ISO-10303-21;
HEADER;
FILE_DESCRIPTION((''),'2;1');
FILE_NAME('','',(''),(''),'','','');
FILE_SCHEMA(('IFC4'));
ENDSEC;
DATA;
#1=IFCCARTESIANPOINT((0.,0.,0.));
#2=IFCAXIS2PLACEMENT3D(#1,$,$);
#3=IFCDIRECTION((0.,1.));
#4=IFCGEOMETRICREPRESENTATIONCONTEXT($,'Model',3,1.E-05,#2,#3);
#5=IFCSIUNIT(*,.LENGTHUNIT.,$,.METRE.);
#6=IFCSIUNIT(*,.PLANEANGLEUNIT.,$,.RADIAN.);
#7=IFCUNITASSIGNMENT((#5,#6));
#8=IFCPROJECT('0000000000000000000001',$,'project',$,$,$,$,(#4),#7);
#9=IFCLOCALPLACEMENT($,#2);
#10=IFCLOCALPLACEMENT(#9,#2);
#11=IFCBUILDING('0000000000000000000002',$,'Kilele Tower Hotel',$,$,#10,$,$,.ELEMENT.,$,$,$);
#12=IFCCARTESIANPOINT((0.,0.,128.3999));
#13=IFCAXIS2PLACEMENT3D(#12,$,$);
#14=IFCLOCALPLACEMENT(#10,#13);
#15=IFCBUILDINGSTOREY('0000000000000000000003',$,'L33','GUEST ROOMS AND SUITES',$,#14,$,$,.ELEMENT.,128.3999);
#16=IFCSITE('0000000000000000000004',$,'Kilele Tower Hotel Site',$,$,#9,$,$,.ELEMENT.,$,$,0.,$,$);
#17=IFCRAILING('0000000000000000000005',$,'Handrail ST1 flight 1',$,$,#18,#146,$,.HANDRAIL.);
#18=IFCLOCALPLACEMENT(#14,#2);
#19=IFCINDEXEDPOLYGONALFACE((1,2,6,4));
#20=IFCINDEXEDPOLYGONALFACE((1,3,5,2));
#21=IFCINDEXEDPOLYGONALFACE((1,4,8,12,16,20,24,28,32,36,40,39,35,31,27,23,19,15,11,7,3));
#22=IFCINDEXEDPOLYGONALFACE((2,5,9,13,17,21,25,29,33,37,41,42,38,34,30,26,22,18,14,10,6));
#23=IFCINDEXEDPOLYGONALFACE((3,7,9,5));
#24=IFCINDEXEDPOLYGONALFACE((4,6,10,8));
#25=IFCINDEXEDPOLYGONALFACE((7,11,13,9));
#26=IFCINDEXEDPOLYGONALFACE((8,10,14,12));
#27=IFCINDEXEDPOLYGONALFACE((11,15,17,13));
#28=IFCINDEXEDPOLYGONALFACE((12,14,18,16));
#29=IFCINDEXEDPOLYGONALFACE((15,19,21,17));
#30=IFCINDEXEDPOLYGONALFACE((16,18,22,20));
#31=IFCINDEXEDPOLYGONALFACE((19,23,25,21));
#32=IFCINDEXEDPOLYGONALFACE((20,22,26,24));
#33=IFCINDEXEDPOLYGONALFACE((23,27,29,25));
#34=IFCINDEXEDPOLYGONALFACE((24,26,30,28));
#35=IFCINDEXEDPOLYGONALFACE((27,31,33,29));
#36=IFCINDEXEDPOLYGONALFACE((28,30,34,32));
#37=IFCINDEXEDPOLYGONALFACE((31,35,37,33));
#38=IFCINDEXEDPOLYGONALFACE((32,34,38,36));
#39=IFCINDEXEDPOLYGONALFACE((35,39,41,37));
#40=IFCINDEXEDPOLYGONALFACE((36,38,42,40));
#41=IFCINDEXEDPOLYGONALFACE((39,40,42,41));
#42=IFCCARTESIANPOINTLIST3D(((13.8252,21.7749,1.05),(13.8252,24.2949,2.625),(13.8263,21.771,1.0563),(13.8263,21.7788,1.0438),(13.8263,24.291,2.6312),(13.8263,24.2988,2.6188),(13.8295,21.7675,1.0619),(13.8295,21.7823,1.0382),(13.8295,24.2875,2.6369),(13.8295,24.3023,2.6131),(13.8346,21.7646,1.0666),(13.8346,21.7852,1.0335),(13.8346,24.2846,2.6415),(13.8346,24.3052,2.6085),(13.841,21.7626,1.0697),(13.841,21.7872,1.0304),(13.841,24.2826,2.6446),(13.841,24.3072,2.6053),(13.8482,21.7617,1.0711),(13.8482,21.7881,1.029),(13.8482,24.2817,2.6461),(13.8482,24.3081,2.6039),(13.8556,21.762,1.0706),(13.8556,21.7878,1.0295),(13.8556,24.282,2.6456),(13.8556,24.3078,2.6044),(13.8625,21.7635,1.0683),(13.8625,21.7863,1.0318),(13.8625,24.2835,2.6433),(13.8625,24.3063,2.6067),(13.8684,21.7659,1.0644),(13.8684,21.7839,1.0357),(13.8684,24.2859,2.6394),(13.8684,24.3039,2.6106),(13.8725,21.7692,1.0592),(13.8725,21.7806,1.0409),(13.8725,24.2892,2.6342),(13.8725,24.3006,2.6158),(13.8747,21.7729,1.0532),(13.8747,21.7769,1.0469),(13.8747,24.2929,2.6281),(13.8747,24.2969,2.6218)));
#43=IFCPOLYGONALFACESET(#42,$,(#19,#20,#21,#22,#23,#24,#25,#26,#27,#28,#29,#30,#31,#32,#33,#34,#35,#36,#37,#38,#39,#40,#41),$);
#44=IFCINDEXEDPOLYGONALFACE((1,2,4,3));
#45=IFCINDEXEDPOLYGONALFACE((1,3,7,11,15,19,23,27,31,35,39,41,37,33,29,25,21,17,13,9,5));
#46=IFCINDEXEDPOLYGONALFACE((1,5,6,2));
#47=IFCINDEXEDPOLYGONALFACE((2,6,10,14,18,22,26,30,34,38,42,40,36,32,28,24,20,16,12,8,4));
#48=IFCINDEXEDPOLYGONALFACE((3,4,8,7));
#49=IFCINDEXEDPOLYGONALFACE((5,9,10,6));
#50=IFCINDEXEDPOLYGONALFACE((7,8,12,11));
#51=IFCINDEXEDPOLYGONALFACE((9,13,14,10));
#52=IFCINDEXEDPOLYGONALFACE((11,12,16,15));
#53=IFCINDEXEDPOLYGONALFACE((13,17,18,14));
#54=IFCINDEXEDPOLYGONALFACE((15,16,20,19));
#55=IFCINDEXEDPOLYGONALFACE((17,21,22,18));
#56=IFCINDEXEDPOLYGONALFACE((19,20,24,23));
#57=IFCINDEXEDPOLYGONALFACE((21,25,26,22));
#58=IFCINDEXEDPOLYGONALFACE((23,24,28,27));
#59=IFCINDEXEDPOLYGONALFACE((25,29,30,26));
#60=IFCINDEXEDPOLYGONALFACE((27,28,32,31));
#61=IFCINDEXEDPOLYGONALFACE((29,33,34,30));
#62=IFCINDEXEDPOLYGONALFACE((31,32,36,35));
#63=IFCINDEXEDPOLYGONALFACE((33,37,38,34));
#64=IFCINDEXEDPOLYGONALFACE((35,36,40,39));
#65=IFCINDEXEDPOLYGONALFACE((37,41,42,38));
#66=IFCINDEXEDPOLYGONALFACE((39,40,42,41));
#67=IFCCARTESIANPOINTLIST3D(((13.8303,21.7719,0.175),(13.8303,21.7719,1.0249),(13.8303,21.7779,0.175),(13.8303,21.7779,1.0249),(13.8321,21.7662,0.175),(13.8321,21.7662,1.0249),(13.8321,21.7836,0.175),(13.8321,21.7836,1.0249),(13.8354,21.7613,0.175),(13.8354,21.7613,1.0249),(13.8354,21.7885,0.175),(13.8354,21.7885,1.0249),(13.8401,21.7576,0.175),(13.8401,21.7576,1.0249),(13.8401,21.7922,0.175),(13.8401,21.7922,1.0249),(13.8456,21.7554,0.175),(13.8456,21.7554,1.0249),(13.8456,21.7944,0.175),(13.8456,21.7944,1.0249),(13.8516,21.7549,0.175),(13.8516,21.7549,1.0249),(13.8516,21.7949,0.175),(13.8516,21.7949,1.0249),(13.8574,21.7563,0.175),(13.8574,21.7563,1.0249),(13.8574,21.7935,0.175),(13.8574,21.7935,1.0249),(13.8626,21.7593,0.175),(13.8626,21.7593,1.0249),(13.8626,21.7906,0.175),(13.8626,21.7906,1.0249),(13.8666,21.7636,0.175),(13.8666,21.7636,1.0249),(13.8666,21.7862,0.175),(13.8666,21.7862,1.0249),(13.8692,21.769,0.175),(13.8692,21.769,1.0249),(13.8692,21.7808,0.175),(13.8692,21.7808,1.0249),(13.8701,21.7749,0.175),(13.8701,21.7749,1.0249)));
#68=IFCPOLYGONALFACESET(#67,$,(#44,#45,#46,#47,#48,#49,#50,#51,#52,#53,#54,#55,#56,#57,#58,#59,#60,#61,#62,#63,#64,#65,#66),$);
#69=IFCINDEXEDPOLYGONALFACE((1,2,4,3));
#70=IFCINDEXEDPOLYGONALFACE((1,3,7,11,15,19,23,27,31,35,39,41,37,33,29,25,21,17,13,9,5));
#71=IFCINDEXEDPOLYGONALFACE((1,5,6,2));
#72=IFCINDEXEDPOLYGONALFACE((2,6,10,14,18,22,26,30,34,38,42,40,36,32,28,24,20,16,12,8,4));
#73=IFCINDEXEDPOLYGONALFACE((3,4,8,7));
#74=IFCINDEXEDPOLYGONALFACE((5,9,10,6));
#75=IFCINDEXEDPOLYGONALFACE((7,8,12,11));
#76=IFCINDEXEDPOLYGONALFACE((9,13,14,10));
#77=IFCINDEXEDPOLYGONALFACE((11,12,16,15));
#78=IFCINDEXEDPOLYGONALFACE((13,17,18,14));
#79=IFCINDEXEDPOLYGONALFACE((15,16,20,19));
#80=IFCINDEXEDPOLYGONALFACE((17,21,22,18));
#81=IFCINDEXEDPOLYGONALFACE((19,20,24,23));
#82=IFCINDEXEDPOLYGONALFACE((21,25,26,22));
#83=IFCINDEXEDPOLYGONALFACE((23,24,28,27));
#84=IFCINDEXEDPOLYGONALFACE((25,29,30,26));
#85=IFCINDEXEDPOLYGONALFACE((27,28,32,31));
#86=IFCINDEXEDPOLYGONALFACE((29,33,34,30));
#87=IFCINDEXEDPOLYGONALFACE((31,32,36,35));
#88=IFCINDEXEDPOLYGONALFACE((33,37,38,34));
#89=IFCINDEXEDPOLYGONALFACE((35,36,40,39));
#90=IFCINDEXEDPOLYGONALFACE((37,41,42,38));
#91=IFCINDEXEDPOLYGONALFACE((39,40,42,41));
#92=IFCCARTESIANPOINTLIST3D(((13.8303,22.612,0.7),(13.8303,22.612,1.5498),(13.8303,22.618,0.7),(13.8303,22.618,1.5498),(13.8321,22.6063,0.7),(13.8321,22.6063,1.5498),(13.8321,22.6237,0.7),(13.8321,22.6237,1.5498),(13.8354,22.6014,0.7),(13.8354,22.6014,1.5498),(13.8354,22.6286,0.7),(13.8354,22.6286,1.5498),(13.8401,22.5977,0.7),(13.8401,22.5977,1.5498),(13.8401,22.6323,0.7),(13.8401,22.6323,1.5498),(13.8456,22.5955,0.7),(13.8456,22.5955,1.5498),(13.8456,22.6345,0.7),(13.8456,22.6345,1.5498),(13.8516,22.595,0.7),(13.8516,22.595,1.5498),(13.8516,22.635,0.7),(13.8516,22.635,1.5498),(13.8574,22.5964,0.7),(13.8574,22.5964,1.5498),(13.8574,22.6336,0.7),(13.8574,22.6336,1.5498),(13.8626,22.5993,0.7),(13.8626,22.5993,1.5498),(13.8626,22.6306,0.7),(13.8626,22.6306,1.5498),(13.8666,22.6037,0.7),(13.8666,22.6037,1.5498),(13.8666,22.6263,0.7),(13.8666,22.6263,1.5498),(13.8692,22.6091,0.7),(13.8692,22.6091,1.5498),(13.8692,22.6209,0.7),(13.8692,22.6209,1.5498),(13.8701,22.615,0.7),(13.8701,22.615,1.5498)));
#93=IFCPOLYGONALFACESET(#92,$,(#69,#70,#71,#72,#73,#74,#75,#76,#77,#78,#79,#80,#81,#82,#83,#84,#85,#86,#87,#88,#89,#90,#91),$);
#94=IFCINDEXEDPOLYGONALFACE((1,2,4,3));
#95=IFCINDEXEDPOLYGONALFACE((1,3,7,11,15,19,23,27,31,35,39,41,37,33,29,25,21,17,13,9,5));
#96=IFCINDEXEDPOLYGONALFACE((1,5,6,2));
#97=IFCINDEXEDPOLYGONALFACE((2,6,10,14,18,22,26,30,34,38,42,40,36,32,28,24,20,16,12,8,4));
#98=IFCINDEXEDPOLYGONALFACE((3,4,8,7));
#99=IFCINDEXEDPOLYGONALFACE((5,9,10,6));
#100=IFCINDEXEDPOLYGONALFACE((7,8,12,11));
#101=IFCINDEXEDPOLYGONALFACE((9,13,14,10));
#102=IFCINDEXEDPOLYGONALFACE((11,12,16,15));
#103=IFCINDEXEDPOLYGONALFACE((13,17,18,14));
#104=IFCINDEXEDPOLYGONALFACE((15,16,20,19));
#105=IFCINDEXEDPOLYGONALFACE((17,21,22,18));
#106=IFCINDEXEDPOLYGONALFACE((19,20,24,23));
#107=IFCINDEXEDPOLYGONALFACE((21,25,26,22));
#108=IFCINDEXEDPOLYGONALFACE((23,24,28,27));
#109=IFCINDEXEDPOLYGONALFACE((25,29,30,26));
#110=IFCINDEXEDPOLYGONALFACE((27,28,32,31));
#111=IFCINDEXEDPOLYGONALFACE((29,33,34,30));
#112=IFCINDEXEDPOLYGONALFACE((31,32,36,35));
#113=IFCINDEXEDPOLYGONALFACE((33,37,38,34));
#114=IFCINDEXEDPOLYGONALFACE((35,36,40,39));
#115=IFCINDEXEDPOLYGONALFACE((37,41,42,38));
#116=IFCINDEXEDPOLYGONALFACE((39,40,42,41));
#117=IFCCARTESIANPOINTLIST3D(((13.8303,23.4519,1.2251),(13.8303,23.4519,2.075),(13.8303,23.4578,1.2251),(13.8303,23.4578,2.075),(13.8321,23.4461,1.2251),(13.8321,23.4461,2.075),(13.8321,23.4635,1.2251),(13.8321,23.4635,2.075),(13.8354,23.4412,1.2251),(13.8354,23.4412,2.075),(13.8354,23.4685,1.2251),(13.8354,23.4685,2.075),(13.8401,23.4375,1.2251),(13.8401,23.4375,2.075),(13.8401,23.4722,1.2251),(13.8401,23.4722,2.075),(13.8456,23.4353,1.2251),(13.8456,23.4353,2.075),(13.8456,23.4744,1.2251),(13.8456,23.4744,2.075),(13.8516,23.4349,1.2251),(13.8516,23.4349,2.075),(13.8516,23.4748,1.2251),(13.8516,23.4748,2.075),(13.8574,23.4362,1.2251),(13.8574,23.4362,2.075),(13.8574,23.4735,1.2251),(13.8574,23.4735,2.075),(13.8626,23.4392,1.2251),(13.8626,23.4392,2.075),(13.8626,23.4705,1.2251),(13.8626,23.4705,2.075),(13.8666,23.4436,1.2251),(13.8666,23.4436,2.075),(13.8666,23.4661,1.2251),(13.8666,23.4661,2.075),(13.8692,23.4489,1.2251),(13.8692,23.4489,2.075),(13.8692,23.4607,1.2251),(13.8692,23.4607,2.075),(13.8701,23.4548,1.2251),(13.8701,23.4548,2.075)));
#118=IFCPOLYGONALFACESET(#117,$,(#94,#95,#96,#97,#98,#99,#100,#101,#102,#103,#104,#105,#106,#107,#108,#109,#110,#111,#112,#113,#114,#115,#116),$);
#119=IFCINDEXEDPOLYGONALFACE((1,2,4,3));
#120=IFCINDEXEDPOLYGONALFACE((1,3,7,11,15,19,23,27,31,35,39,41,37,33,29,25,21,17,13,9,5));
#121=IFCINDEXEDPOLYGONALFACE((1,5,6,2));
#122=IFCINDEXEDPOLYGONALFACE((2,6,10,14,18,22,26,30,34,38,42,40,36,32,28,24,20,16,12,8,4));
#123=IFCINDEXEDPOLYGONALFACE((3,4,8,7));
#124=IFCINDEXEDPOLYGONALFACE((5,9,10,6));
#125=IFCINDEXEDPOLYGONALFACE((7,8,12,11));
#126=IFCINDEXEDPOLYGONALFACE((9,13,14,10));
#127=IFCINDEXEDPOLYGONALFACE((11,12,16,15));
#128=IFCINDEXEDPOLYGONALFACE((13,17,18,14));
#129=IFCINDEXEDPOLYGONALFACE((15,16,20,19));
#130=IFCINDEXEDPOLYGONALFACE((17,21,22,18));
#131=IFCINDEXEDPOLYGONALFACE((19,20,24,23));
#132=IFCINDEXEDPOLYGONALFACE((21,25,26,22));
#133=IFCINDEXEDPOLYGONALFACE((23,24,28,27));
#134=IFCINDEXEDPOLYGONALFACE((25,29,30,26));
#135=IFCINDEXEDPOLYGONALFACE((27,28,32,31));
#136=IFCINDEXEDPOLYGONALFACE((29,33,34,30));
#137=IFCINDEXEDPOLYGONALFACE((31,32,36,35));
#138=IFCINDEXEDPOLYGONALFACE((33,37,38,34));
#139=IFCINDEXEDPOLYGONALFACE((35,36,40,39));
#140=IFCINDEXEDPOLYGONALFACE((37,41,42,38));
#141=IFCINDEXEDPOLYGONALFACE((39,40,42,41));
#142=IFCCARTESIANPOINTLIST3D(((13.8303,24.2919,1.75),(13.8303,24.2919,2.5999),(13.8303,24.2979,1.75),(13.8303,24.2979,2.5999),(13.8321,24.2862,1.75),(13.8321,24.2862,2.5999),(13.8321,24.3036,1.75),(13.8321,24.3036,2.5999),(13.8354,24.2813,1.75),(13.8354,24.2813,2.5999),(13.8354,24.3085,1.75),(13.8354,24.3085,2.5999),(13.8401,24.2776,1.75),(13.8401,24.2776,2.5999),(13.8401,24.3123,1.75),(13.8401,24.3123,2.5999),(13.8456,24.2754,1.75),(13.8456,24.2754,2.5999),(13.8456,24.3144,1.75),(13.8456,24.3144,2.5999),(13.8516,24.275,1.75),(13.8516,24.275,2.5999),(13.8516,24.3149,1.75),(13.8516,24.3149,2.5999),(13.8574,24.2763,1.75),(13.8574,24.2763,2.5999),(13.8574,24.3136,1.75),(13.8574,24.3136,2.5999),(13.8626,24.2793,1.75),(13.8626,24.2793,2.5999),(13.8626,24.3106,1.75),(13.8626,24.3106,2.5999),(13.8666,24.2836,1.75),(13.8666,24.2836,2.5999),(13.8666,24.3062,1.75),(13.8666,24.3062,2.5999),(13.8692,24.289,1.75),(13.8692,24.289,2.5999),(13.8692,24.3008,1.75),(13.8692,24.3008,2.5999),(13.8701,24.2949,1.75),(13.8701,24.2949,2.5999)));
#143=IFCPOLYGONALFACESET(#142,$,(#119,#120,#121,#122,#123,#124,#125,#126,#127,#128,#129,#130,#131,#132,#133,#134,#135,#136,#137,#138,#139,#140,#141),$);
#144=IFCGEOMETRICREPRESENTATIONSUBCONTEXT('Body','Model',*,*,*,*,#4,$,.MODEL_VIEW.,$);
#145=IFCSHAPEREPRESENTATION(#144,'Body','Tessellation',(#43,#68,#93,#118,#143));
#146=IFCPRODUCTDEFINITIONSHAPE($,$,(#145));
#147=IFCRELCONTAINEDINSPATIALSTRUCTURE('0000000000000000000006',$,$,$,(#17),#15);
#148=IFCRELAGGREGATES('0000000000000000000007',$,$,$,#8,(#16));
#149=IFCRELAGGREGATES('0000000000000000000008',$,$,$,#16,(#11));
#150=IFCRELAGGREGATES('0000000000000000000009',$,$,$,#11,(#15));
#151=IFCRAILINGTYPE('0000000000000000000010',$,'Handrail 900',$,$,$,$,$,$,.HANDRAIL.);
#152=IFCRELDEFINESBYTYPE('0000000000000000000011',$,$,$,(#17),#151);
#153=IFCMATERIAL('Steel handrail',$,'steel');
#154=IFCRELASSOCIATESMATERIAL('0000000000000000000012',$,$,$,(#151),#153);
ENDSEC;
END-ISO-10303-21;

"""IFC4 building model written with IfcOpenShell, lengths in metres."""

from ifc_helpers import new_model, si_unit, direction, frame, origin, origin_2d, place, context, subcontext, project, spatial, circle, extrude, material, type_object, element, save


model = new_model("IFC4")

# Units and contexts
model_context = context("Model", 3, precision=1e-05, world=origin(), true_north=direction((0.0, 1.0)))
body_context = subcontext(model_context, "Body", "Model", "MODEL_VIEW")
ifc_project = project(units=[si_unit("LENGTHUNIT", "METRE"), si_unit("PLANEANGLEUNIT", "RADIAN")], contexts=[model_context])

# Site, building, storey
site_placement = place(None, origin())
site = spatial("IfcSite", under=ifc_project, at=site_placement, Name="Kilele Tower Hotel Site", CompositionType="ELEMENT", RefElevation=0.0)
building_placement = place(site_placement, origin())
building = spatial("IfcBuilding", under=site, at=building_placement, Name="Kilele Tower Hotel", CompositionType="ELEMENT")
storey_placement = place(building_placement, frame((0.0, 0.0, 128.3999)))
storey = spatial("IfcBuildingStorey", under=building, at=storey_placement, Name="L33", Description="GUEST ROOMS AND SUITES", CompositionType="ELEMENT", Elevation=128.3999)

# Railing
ifc_material_1 = material(Name="Steel handrail", Category="steel")
railing_type_1 = type_object("IfcRailingType", Name="Handrail 900", PredefinedType="HANDRAIL", material=ifc_material_1)
for number, where, name in (
    (1, (13.8501, 21.7749, 0.175), "Handrail ST1 flight 1"),
):
    element("IfcRailing", number, at=place(storey_placement, frame(where)), inside=storey, type_object=railing_type_1, Name=name, PredefinedType="HANDRAIL", context=body_context, shape_type="SweptSolid", body=[
        extrude(circle(Radius=0.0249, at=origin_2d()), frame((0.0, 0.0, 0.875), z_axis=(0.0, 0.848008, 0.529984), x_axis=(-1.0, 0.0, 0.0)), (0.0, 0.0, 1.0), 2.9717),
        extrude(circle(Radius=0.02, at=origin_2d()), origin(), (0.0, 0.0, 1.0), 0.8499),
        extrude(circle(Radius=0.02, at=origin_2d()), frame((0.0, 0.8401, 0.5249)), (0.0, 0.0, 1.0), 0.8499),
        extrude(circle(Radius=0.02, at=origin_2d()), frame((0.0, 1.6799, 1.05)), (0.0, 0.0, 1.0), 0.8499),
        extrude(circle(Radius=0.02, at=origin_2d()), frame((0.0, 2.52, 1.575)), (0.0, 0.0, 1.0), 0.8499),
    ])

save(model, "model.ifc")
